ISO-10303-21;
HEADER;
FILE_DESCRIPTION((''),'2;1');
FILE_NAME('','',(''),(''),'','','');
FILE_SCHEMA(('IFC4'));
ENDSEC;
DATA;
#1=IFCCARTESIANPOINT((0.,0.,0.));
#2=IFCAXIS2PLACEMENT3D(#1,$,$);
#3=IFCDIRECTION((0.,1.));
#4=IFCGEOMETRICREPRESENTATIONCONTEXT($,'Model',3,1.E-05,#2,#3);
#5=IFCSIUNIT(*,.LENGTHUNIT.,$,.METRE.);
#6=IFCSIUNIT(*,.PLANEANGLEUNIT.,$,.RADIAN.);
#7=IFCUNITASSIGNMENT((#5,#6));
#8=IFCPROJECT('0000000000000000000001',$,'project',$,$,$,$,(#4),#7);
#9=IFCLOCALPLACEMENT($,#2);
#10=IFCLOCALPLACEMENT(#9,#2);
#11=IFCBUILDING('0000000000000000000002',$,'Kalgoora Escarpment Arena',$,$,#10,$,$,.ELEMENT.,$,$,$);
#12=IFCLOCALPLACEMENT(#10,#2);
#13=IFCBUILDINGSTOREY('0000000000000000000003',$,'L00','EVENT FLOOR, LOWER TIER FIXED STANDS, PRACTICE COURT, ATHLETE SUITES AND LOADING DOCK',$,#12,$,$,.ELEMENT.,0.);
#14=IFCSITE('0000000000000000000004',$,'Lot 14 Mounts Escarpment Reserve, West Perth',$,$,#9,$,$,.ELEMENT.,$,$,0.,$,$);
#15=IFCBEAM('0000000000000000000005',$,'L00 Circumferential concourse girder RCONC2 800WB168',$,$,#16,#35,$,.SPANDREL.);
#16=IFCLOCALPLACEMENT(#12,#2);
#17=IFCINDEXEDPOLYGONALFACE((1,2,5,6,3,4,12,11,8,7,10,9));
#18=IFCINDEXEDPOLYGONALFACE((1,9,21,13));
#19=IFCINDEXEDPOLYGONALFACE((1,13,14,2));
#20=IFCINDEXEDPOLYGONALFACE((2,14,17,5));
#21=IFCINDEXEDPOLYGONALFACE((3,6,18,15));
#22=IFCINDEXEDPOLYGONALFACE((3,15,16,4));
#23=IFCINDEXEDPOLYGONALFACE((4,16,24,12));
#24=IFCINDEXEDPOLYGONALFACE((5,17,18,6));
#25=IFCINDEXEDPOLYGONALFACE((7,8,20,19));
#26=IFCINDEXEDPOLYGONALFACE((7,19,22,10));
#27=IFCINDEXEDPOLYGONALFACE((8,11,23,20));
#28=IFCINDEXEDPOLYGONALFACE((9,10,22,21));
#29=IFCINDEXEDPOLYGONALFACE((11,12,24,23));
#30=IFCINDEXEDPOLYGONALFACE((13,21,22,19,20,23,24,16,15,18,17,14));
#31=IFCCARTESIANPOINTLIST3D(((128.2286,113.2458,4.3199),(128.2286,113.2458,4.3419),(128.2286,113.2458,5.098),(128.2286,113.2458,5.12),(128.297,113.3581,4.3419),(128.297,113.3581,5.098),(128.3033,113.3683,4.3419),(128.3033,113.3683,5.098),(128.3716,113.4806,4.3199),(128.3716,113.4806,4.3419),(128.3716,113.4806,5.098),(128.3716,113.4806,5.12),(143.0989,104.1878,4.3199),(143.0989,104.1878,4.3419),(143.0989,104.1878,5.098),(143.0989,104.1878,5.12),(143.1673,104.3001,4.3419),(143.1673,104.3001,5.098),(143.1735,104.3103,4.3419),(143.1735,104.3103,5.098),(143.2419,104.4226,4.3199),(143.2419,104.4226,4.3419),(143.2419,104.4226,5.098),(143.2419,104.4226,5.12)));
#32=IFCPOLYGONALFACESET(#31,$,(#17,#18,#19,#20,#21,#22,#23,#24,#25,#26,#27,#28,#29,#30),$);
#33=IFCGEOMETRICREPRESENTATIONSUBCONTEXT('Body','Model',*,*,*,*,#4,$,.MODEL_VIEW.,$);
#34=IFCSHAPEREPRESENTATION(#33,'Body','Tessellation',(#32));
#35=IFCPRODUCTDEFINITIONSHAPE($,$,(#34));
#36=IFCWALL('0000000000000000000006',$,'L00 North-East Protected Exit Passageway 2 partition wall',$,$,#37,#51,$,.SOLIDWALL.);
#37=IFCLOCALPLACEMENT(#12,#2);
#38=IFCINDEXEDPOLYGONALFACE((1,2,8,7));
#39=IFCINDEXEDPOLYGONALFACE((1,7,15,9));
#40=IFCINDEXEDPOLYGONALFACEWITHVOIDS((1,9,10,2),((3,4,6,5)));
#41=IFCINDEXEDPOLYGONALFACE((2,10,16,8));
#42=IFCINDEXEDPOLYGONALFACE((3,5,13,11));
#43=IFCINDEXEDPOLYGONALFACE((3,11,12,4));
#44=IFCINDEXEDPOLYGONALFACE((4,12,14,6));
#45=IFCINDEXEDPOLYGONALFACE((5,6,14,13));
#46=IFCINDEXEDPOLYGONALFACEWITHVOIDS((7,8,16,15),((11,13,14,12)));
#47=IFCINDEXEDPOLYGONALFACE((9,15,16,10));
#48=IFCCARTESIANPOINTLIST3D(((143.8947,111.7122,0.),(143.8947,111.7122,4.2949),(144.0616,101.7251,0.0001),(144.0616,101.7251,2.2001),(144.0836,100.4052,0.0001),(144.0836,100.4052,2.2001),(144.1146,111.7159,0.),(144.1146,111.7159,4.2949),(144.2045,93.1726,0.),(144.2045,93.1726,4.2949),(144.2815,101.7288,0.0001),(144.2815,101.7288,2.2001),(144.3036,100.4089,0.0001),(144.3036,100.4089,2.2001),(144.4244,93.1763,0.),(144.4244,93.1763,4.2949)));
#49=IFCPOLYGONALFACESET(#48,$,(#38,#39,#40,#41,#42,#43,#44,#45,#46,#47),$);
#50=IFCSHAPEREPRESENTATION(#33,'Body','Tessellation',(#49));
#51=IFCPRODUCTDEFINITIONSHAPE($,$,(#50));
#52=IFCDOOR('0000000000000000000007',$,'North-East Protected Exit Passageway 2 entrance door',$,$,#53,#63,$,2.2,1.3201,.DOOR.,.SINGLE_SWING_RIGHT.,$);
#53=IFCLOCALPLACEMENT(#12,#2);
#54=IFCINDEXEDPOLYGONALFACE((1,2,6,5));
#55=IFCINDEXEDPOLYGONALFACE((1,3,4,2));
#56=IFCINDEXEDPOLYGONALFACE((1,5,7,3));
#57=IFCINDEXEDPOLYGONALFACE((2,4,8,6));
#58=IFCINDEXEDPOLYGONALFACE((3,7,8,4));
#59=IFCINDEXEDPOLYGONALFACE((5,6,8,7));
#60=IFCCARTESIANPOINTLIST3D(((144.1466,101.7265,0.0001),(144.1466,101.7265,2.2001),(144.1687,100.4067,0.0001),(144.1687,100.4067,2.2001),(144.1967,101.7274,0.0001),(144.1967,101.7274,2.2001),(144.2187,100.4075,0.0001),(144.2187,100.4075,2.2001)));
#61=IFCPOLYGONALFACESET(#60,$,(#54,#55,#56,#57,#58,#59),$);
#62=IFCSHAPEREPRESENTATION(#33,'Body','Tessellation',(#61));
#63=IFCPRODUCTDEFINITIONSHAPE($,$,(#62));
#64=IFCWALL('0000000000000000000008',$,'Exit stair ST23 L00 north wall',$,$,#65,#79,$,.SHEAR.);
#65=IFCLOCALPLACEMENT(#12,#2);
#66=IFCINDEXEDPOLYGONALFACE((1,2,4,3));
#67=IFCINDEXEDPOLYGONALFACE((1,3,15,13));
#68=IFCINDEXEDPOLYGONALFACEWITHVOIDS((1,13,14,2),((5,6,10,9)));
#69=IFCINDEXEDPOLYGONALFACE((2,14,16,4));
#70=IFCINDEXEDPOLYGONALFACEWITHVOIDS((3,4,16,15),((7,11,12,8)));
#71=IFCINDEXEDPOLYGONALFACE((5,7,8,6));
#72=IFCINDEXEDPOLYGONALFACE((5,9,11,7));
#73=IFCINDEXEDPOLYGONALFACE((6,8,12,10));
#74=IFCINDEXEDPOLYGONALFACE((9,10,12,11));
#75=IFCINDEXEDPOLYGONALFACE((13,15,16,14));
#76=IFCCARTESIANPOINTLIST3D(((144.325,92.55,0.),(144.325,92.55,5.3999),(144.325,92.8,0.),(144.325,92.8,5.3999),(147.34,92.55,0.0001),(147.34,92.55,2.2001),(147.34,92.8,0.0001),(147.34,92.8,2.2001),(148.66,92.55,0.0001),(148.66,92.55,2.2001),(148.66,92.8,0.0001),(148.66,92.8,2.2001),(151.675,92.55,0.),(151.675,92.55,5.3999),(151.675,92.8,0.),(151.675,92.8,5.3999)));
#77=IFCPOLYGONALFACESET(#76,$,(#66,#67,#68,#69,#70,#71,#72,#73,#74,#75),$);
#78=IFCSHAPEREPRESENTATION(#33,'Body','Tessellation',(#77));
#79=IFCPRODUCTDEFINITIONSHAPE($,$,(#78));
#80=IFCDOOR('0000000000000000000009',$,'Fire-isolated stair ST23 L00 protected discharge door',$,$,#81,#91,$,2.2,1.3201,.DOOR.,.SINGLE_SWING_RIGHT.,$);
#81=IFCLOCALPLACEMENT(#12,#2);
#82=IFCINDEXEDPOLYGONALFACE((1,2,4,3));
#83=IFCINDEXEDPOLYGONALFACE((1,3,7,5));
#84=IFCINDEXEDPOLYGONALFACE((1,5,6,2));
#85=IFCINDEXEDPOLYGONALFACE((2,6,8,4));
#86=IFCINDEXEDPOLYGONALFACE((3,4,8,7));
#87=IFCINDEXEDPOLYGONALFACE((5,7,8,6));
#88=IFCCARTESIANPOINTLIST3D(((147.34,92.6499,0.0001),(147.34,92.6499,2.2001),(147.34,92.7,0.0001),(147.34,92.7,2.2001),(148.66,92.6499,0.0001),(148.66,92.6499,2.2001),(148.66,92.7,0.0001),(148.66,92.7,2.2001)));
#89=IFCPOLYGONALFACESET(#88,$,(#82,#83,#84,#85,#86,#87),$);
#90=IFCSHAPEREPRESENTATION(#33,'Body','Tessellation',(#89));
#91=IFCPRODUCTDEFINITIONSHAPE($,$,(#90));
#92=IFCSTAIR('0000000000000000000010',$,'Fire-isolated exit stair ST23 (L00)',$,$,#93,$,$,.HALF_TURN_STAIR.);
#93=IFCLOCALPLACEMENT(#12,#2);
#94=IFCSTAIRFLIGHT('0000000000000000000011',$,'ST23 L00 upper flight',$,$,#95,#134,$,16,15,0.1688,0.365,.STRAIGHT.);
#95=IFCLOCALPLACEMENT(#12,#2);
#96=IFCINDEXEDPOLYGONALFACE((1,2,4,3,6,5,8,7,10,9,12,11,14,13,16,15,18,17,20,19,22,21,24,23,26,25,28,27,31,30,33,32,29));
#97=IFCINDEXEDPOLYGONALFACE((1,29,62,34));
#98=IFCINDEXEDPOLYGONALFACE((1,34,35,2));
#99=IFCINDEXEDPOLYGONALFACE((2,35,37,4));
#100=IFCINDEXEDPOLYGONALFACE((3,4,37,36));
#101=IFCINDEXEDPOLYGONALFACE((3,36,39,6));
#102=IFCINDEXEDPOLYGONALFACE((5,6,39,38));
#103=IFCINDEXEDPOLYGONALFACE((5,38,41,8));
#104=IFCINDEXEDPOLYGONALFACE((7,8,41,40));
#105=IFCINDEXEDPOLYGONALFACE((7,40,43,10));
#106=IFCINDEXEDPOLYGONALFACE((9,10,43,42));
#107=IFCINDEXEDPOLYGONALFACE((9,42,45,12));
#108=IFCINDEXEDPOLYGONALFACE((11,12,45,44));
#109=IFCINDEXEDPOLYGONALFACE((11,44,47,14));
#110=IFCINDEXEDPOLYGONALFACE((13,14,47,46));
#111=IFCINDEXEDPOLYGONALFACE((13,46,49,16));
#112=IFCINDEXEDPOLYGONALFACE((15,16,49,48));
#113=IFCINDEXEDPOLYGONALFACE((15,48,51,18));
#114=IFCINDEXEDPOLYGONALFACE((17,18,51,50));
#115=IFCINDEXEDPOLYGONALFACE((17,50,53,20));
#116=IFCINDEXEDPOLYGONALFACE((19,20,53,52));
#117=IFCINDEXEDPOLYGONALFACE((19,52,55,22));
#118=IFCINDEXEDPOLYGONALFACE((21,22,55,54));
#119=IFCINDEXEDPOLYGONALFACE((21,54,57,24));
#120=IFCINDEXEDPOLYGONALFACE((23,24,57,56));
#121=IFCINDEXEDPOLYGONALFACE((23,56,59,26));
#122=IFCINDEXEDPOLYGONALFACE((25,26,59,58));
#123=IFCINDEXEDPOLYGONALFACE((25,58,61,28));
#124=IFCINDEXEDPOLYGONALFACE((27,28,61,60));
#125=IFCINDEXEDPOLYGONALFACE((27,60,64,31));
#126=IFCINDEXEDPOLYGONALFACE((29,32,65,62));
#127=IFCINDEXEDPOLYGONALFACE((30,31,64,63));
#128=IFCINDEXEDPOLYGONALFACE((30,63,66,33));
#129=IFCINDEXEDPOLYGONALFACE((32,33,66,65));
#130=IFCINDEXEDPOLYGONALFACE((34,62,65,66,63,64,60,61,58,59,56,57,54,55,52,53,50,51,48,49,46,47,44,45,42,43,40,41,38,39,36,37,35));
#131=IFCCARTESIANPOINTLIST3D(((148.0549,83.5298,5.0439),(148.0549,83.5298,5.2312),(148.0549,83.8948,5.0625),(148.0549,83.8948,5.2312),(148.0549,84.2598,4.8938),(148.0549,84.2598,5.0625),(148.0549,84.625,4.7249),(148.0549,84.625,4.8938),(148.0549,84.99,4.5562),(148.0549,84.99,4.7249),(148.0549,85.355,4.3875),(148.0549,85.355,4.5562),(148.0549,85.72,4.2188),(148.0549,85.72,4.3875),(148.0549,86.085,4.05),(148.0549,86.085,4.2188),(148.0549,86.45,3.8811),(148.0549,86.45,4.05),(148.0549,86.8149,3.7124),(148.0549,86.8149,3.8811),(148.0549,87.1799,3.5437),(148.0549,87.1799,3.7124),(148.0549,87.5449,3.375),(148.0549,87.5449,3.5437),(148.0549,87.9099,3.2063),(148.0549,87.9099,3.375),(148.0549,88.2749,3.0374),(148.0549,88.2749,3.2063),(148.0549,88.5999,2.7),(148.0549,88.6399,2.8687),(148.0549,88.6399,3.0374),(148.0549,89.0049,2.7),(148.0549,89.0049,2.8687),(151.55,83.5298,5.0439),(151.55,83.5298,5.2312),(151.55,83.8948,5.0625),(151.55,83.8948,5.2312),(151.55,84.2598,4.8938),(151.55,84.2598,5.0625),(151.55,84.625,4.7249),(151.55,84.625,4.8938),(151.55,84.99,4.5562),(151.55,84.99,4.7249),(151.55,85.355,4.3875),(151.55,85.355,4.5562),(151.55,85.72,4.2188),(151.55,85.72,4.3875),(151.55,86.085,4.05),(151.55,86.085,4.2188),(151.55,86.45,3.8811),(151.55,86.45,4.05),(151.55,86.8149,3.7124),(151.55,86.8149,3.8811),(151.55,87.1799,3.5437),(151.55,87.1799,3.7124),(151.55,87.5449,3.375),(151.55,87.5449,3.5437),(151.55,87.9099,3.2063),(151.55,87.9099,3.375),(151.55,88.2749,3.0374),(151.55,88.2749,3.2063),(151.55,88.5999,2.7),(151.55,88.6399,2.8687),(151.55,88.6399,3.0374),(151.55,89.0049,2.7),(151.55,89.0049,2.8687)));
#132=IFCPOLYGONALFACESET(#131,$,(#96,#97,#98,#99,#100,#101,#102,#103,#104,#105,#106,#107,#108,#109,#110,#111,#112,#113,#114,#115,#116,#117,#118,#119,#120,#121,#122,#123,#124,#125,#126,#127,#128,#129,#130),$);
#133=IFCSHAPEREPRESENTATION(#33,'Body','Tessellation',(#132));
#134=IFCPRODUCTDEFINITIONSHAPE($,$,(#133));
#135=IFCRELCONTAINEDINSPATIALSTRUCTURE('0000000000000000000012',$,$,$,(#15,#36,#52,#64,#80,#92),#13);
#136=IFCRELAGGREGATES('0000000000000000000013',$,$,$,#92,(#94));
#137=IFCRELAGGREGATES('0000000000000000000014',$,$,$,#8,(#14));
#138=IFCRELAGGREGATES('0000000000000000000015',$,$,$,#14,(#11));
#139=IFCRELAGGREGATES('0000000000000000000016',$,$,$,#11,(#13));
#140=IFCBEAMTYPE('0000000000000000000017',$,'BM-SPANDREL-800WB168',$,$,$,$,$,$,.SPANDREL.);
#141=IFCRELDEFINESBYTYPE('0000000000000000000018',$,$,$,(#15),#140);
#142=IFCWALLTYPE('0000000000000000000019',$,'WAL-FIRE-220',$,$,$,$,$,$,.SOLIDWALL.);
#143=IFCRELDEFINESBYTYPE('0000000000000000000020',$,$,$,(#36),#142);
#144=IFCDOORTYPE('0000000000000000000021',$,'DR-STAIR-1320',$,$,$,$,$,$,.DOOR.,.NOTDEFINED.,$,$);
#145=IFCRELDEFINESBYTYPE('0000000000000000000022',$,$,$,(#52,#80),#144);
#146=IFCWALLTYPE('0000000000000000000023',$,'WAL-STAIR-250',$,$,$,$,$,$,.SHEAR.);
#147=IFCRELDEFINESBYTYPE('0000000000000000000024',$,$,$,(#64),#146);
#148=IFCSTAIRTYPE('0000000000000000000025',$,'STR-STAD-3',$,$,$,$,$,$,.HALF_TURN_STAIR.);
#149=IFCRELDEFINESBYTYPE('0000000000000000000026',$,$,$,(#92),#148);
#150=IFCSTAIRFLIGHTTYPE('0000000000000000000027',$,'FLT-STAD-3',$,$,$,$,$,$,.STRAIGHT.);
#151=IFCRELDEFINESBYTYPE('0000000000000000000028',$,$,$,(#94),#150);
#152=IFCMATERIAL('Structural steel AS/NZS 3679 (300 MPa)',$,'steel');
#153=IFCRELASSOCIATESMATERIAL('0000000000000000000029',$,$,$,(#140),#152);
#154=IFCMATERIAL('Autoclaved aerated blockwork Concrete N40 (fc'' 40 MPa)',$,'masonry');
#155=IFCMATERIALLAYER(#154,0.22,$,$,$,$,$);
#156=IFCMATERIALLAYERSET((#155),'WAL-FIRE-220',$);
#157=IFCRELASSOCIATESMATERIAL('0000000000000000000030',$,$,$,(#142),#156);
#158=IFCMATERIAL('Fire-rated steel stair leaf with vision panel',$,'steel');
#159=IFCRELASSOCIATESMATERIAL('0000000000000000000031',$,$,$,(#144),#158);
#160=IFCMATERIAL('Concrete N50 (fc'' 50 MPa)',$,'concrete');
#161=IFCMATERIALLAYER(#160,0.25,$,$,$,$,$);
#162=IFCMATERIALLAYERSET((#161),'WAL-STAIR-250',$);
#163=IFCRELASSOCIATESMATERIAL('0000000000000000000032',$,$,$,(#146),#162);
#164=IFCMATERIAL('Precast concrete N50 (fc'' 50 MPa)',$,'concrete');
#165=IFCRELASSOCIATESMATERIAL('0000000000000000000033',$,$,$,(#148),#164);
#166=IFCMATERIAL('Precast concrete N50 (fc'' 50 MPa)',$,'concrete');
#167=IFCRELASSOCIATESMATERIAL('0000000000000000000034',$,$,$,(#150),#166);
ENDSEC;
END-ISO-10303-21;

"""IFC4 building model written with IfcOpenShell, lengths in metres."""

from ifc_helpers import new_model, si_unit, direction, frame, frame_2d, origin, origin_2d, place, context, subcontext, project, spatial, polyline, rectangle, i_section, outline, extrude, material, layer, layer_set, material_profile, profile_set, type_object, element, fill, aggregate, save


model = new_model("IFC4")

# Units and contexts
model_context = context("Model", 3, precision=1e-05, world=origin(), true_north=direction((0.0, 1.0)))
body_context = subcontext(model_context, "Body", "Model", "MODEL_VIEW")
ifc_project = project(units=[si_unit("LENGTHUNIT", "METRE"), si_unit("PLANEANGLEUNIT", "RADIAN")], contexts=[model_context])

# Site, building, storey
site_placement = place(None, origin())
site = spatial("IfcSite", under=ifc_project, at=site_placement, Name="Lot 14 Mounts Escarpment Reserve, West Perth", CompositionType="ELEMENT", RefElevation=0.0)
building_placement = place(site_placement, origin())
building = spatial("IfcBuilding", under=site, at=building_placement, Name="Kalgoora Escarpment Arena", CompositionType="ELEMENT")
storey_placement = place(building_placement, origin())
storey = spatial("IfcBuildingStorey", under=building, at=storey_placement, Name="L00", Description="EVENT FLOOR, LOWER TIER FIXED STANDS, PRACTICE COURT, ATHLETE SUITES AND LOADING DOCK", CompositionType="ELEMENT", Elevation=0.0)

# Beam
ifc_material_1 = material(Name="Structural steel AS/NZS 3679 (300 MPa)", Category="steel")
ifc_material_profile_1 = material_profile(ifc_material_1, i_section(OverallWidth=0.2749, OverallDepth=0.8, WebThickness=0.012, FlangeThickness=0.022, at=origin_2d()))
ifc_profile_set_1 = profile_set([ifc_material_profile_1], Name="Structural steel AS/NZS 3679 (300 MPa)")
beam_type = type_object("IfcBeamType", Name="BM-SPANDREL-800WB168", PredefinedType="SPANDREL", material=ifc_profile_set_1)
beam_placement = place(storey_placement, frame((143.1704, 104.3052, 4.72), z_axis=(-0.854031, 0.520223, 0.0), x_axis=(-0.520223, -0.854031, 0.0)))
element("IfcBeam", 1, at=beam_placement, inside=storey, type_object=beam_type, Name="L00 Circumferential concourse girder RCONC2 800WB168", PredefinedType="SPANDREL", context=body_context, shape_type="SweptSolid", body=[
    extrude(i_section(OverallWidth=0.2749, OverallDepth=0.8, WebThickness=0.012, FlangeThickness=0.022, at=origin_2d()), origin(), (0.0, 0.0, 1.0), 17.4119),
])

# Walls, openings, doors
ifc_material_2 = material(Name="Autoclaved aerated blockwork Concrete N40 (fc' 40 MPa)", Category="masonry")
ifc_layer_1 = layer(ifc_material_2, 0.22)
ifc_layer_set_1 = layer_set([ifc_layer_1], Name="WAL-FIRE-220")
wall_type_1 = type_object("IfcWallType", Name="WAL-FIRE-220", PredefinedType="SOLIDWALL", material=ifc_layer_set_1)
wall_1_placement = place(storey_placement, frame((144.3145, 93.1746, 0.0), z_axis=(0.0, 0.0, 1.0), x_axis=(-0.016709, 0.99986, 0.0)))
wall_1 = element("IfcWall", 2, at=wall_1_placement, inside=storey, type_object=wall_type_1, Name="L00 North-East Protected Exit Passageway 2 partition wall", PredefinedType="SOLIDWALL", context=body_context, shape_type="SweptSolid", body=[
    extrude(rectangle(XDim=18.5422, YDim=0.22, at=frame_2d((9.271, 0.0))), origin(), (0.0, 0.0, 1.0), 4.2949),
])
opening_1_placement = place(wall_1_placement, frame((7.2334, 0.0, 0.0)))
opening_1 = element("IfcOpeningElement", 3, at=opening_1_placement, cuts=wall_1, PredefinedType="OPENING", context=body_context, shape_type="SweptSolid", body=[
    extrude(rectangle(XDim=1.3201, YDim=2.2, at=frame_2d((0.6602, 1.1001))), frame((0.0, 0.1199, 0.0), z_axis=(0.0, -1.0, 0.0), x_axis=(1.0, 0.0, 0.0)), (0.0, 0.0, 1.0), 0.24),
])
ifc_material_3 = material(Name="Fire-rated steel stair leaf with vision panel", Category="steel")
door_type = type_object("IfcDoorType", Name="DR-STAIR-1320", OperationType="NOTDEFINED", PredefinedType="DOOR", material=ifc_material_3)
door_1_placement = place(opening_1_placement, origin())
door_1 = element("IfcDoor", 4, at=door_1_placement, inside=storey, type_object=door_type, Name="North-East Protected Exit Passageway 2 entrance door", OperationType="SINGLE_SWING_RIGHT", OverallHeight=2.2, OverallWidth=1.3201, PredefinedType="DOOR", context=body_context, shape_type="SweptSolid", body=[
    extrude(rectangle(XDim=1.3201, YDim=2.2, at=frame_2d((0.6602, 1.1001))), frame((0.0, 0.0249, 0.0), z_axis=(0.0, -1.0, 0.0), x_axis=(1.0, 0.0, 0.0)), (0.0, 0.0, 1.0), 0.05),
])
fill(opening_1, door_1)
ifc_material_4 = material(Name="Concrete N50 (fc' 50 MPa)", Category="concrete")
ifc_layer_2 = layer(ifc_material_4, 0.25)
ifc_layer_set_2 = layer_set([ifc_layer_2], Name="WAL-STAIR-250")
wall_type_2 = type_object("IfcWallType", Name="WAL-STAIR-250", PredefinedType="SHEAR", material=ifc_layer_set_2)
wall_2_placement = place(storey_placement, frame((144.325, 92.675, 0.0), z_axis=(0.0, 0.0, 1.0), x_axis=(1.0, 0.0, 0.0)))
wall_2 = element("IfcWall", 5, at=wall_2_placement, inside=storey, type_object=wall_type_2, Name="Exit stair ST23 L00 north wall", PredefinedType="SHEAR", context=body_context, shape_type="SweptSolid", body=[
    extrude(rectangle(XDim=7.3501, YDim=0.25, at=frame_2d((3.675, 0.0))), origin(), (0.0, 0.0, 1.0), 5.3999),
])
opening_2_placement = place(wall_2_placement, frame((3.0149, 0.0, 0.0)))
opening_2 = element("IfcOpeningElement", 6, at=opening_2_placement, cuts=wall_2, PredefinedType="OPENING", context=body_context, shape_type="SweptSolid", body=[
    extrude(rectangle(XDim=1.3201, YDim=2.2, at=frame_2d((0.6602, 1.1001))), frame((0.0, 0.135, 0.0), z_axis=(0.0, -1.0, 0.0), x_axis=(1.0, 0.0, 0.0)), (0.0, 0.0, 1.0), 0.27),
])
door_2_placement = place(opening_2_placement, origin())
door_2 = element("IfcDoor", 7, at=door_2_placement, inside=storey, type_object=door_type, Name="Fire-isolated stair ST23 L00 protected discharge door", OperationType="SINGLE_SWING_RIGHT", OverallHeight=2.2, OverallWidth=1.3201, PredefinedType="DOOR", context=body_context, shape_type="SweptSolid", body=[
    extrude(rectangle(XDim=1.3201, YDim=2.2, at=frame_2d((0.6602, 1.1001))), frame((0.0, 0.0249, 0.0), z_axis=(0.0, -1.0, 0.0), x_axis=(1.0, 0.0, 0.0)), (0.0, 0.0, 1.0), 0.05),
])
fill(opening_2, door_2)

# Stair, stair flight
ifc_material_5 = material(Name="Precast concrete N50 (fc' 50 MPa)", Category="concrete")
stair_type = type_object("IfcStairType", Name="STR-STAD-3", PredefinedType="HALF_TURN_STAIR", material=ifc_material_5)
stair_placement = place(storey_placement, origin())
stair = element("IfcStair", 8, at=stair_placement, inside=storey, type_object=stair_type, Name="Fire-isolated exit stair ST23 (L00)", PredefinedType="HALF_TURN_STAIR")
ifc_material_6 = material(Name="Precast concrete N50 (fc' 50 MPa)", Category="concrete")
stair_flight_type = type_object("IfcStairFlightType", Name="FLT-STAD-3", PredefinedType="STRAIGHT", material=ifc_material_6)
stair_flight_placement = place(storey_placement, frame((149.8025, 89.0049, 2.7), z_axis=(0.0, 0.0, 1.0), x_axis=(0.0, -1.0, 0.0)))
stair_flight = element("IfcStairFlight", 9, at=stair_flight_placement, type_object=stair_flight_type, Name="ST23 L00 upper flight", NumberOfRisers=16, NumberOfTreads=15, PredefinedType="STRAIGHT", RiserHeight=0.1688, TreadLength=0.365, context=body_context, shape_type="SweptSolid", body=[
    extrude(outline(polyline([(0.0, 0.0), (0.0, 0.1687), (0.365, 0.1687), (0.365, 0.3374), (0.73, 0.3374), (0.73, 0.5063), (1.095, 0.5063), (1.095, 0.675), (1.46, 0.675), (1.46, 0.8438), (1.825, 0.8438), (1.825, 1.0125), (2.1899, 1.0125), (2.1899, 1.1812), (2.5549, 1.1812), (2.5549, 1.3501), (2.9199, 1.3501), (2.9199, 1.5188), (3.2849, 1.5188), (3.2849, 1.6875), (3.6499, 1.6875), (3.6499, 1.8562), (4.0149, 1.8562), (4.0149, 2.0249), (4.3799, 2.0249), (4.3799, 2.1938), (4.7451, 2.1938), (4.7451, 2.3625), (5.1101, 2.3625), (5.1101, 2.5312), (5.4751, 2.5312), (5.4751, 2.7), (5.4751, 2.344), (0.405, 0.0), (0.0, 0.0)])), frame((0.0, 1.7476, 0.0), z_axis=(0.0, -1.0, 0.0), x_axis=(1.0, 0.0, 0.0)), (0.0, 0.0, 1.0), 3.4951),
])
aggregate(stair, [stair_flight])

save(model, "model.ifc")
